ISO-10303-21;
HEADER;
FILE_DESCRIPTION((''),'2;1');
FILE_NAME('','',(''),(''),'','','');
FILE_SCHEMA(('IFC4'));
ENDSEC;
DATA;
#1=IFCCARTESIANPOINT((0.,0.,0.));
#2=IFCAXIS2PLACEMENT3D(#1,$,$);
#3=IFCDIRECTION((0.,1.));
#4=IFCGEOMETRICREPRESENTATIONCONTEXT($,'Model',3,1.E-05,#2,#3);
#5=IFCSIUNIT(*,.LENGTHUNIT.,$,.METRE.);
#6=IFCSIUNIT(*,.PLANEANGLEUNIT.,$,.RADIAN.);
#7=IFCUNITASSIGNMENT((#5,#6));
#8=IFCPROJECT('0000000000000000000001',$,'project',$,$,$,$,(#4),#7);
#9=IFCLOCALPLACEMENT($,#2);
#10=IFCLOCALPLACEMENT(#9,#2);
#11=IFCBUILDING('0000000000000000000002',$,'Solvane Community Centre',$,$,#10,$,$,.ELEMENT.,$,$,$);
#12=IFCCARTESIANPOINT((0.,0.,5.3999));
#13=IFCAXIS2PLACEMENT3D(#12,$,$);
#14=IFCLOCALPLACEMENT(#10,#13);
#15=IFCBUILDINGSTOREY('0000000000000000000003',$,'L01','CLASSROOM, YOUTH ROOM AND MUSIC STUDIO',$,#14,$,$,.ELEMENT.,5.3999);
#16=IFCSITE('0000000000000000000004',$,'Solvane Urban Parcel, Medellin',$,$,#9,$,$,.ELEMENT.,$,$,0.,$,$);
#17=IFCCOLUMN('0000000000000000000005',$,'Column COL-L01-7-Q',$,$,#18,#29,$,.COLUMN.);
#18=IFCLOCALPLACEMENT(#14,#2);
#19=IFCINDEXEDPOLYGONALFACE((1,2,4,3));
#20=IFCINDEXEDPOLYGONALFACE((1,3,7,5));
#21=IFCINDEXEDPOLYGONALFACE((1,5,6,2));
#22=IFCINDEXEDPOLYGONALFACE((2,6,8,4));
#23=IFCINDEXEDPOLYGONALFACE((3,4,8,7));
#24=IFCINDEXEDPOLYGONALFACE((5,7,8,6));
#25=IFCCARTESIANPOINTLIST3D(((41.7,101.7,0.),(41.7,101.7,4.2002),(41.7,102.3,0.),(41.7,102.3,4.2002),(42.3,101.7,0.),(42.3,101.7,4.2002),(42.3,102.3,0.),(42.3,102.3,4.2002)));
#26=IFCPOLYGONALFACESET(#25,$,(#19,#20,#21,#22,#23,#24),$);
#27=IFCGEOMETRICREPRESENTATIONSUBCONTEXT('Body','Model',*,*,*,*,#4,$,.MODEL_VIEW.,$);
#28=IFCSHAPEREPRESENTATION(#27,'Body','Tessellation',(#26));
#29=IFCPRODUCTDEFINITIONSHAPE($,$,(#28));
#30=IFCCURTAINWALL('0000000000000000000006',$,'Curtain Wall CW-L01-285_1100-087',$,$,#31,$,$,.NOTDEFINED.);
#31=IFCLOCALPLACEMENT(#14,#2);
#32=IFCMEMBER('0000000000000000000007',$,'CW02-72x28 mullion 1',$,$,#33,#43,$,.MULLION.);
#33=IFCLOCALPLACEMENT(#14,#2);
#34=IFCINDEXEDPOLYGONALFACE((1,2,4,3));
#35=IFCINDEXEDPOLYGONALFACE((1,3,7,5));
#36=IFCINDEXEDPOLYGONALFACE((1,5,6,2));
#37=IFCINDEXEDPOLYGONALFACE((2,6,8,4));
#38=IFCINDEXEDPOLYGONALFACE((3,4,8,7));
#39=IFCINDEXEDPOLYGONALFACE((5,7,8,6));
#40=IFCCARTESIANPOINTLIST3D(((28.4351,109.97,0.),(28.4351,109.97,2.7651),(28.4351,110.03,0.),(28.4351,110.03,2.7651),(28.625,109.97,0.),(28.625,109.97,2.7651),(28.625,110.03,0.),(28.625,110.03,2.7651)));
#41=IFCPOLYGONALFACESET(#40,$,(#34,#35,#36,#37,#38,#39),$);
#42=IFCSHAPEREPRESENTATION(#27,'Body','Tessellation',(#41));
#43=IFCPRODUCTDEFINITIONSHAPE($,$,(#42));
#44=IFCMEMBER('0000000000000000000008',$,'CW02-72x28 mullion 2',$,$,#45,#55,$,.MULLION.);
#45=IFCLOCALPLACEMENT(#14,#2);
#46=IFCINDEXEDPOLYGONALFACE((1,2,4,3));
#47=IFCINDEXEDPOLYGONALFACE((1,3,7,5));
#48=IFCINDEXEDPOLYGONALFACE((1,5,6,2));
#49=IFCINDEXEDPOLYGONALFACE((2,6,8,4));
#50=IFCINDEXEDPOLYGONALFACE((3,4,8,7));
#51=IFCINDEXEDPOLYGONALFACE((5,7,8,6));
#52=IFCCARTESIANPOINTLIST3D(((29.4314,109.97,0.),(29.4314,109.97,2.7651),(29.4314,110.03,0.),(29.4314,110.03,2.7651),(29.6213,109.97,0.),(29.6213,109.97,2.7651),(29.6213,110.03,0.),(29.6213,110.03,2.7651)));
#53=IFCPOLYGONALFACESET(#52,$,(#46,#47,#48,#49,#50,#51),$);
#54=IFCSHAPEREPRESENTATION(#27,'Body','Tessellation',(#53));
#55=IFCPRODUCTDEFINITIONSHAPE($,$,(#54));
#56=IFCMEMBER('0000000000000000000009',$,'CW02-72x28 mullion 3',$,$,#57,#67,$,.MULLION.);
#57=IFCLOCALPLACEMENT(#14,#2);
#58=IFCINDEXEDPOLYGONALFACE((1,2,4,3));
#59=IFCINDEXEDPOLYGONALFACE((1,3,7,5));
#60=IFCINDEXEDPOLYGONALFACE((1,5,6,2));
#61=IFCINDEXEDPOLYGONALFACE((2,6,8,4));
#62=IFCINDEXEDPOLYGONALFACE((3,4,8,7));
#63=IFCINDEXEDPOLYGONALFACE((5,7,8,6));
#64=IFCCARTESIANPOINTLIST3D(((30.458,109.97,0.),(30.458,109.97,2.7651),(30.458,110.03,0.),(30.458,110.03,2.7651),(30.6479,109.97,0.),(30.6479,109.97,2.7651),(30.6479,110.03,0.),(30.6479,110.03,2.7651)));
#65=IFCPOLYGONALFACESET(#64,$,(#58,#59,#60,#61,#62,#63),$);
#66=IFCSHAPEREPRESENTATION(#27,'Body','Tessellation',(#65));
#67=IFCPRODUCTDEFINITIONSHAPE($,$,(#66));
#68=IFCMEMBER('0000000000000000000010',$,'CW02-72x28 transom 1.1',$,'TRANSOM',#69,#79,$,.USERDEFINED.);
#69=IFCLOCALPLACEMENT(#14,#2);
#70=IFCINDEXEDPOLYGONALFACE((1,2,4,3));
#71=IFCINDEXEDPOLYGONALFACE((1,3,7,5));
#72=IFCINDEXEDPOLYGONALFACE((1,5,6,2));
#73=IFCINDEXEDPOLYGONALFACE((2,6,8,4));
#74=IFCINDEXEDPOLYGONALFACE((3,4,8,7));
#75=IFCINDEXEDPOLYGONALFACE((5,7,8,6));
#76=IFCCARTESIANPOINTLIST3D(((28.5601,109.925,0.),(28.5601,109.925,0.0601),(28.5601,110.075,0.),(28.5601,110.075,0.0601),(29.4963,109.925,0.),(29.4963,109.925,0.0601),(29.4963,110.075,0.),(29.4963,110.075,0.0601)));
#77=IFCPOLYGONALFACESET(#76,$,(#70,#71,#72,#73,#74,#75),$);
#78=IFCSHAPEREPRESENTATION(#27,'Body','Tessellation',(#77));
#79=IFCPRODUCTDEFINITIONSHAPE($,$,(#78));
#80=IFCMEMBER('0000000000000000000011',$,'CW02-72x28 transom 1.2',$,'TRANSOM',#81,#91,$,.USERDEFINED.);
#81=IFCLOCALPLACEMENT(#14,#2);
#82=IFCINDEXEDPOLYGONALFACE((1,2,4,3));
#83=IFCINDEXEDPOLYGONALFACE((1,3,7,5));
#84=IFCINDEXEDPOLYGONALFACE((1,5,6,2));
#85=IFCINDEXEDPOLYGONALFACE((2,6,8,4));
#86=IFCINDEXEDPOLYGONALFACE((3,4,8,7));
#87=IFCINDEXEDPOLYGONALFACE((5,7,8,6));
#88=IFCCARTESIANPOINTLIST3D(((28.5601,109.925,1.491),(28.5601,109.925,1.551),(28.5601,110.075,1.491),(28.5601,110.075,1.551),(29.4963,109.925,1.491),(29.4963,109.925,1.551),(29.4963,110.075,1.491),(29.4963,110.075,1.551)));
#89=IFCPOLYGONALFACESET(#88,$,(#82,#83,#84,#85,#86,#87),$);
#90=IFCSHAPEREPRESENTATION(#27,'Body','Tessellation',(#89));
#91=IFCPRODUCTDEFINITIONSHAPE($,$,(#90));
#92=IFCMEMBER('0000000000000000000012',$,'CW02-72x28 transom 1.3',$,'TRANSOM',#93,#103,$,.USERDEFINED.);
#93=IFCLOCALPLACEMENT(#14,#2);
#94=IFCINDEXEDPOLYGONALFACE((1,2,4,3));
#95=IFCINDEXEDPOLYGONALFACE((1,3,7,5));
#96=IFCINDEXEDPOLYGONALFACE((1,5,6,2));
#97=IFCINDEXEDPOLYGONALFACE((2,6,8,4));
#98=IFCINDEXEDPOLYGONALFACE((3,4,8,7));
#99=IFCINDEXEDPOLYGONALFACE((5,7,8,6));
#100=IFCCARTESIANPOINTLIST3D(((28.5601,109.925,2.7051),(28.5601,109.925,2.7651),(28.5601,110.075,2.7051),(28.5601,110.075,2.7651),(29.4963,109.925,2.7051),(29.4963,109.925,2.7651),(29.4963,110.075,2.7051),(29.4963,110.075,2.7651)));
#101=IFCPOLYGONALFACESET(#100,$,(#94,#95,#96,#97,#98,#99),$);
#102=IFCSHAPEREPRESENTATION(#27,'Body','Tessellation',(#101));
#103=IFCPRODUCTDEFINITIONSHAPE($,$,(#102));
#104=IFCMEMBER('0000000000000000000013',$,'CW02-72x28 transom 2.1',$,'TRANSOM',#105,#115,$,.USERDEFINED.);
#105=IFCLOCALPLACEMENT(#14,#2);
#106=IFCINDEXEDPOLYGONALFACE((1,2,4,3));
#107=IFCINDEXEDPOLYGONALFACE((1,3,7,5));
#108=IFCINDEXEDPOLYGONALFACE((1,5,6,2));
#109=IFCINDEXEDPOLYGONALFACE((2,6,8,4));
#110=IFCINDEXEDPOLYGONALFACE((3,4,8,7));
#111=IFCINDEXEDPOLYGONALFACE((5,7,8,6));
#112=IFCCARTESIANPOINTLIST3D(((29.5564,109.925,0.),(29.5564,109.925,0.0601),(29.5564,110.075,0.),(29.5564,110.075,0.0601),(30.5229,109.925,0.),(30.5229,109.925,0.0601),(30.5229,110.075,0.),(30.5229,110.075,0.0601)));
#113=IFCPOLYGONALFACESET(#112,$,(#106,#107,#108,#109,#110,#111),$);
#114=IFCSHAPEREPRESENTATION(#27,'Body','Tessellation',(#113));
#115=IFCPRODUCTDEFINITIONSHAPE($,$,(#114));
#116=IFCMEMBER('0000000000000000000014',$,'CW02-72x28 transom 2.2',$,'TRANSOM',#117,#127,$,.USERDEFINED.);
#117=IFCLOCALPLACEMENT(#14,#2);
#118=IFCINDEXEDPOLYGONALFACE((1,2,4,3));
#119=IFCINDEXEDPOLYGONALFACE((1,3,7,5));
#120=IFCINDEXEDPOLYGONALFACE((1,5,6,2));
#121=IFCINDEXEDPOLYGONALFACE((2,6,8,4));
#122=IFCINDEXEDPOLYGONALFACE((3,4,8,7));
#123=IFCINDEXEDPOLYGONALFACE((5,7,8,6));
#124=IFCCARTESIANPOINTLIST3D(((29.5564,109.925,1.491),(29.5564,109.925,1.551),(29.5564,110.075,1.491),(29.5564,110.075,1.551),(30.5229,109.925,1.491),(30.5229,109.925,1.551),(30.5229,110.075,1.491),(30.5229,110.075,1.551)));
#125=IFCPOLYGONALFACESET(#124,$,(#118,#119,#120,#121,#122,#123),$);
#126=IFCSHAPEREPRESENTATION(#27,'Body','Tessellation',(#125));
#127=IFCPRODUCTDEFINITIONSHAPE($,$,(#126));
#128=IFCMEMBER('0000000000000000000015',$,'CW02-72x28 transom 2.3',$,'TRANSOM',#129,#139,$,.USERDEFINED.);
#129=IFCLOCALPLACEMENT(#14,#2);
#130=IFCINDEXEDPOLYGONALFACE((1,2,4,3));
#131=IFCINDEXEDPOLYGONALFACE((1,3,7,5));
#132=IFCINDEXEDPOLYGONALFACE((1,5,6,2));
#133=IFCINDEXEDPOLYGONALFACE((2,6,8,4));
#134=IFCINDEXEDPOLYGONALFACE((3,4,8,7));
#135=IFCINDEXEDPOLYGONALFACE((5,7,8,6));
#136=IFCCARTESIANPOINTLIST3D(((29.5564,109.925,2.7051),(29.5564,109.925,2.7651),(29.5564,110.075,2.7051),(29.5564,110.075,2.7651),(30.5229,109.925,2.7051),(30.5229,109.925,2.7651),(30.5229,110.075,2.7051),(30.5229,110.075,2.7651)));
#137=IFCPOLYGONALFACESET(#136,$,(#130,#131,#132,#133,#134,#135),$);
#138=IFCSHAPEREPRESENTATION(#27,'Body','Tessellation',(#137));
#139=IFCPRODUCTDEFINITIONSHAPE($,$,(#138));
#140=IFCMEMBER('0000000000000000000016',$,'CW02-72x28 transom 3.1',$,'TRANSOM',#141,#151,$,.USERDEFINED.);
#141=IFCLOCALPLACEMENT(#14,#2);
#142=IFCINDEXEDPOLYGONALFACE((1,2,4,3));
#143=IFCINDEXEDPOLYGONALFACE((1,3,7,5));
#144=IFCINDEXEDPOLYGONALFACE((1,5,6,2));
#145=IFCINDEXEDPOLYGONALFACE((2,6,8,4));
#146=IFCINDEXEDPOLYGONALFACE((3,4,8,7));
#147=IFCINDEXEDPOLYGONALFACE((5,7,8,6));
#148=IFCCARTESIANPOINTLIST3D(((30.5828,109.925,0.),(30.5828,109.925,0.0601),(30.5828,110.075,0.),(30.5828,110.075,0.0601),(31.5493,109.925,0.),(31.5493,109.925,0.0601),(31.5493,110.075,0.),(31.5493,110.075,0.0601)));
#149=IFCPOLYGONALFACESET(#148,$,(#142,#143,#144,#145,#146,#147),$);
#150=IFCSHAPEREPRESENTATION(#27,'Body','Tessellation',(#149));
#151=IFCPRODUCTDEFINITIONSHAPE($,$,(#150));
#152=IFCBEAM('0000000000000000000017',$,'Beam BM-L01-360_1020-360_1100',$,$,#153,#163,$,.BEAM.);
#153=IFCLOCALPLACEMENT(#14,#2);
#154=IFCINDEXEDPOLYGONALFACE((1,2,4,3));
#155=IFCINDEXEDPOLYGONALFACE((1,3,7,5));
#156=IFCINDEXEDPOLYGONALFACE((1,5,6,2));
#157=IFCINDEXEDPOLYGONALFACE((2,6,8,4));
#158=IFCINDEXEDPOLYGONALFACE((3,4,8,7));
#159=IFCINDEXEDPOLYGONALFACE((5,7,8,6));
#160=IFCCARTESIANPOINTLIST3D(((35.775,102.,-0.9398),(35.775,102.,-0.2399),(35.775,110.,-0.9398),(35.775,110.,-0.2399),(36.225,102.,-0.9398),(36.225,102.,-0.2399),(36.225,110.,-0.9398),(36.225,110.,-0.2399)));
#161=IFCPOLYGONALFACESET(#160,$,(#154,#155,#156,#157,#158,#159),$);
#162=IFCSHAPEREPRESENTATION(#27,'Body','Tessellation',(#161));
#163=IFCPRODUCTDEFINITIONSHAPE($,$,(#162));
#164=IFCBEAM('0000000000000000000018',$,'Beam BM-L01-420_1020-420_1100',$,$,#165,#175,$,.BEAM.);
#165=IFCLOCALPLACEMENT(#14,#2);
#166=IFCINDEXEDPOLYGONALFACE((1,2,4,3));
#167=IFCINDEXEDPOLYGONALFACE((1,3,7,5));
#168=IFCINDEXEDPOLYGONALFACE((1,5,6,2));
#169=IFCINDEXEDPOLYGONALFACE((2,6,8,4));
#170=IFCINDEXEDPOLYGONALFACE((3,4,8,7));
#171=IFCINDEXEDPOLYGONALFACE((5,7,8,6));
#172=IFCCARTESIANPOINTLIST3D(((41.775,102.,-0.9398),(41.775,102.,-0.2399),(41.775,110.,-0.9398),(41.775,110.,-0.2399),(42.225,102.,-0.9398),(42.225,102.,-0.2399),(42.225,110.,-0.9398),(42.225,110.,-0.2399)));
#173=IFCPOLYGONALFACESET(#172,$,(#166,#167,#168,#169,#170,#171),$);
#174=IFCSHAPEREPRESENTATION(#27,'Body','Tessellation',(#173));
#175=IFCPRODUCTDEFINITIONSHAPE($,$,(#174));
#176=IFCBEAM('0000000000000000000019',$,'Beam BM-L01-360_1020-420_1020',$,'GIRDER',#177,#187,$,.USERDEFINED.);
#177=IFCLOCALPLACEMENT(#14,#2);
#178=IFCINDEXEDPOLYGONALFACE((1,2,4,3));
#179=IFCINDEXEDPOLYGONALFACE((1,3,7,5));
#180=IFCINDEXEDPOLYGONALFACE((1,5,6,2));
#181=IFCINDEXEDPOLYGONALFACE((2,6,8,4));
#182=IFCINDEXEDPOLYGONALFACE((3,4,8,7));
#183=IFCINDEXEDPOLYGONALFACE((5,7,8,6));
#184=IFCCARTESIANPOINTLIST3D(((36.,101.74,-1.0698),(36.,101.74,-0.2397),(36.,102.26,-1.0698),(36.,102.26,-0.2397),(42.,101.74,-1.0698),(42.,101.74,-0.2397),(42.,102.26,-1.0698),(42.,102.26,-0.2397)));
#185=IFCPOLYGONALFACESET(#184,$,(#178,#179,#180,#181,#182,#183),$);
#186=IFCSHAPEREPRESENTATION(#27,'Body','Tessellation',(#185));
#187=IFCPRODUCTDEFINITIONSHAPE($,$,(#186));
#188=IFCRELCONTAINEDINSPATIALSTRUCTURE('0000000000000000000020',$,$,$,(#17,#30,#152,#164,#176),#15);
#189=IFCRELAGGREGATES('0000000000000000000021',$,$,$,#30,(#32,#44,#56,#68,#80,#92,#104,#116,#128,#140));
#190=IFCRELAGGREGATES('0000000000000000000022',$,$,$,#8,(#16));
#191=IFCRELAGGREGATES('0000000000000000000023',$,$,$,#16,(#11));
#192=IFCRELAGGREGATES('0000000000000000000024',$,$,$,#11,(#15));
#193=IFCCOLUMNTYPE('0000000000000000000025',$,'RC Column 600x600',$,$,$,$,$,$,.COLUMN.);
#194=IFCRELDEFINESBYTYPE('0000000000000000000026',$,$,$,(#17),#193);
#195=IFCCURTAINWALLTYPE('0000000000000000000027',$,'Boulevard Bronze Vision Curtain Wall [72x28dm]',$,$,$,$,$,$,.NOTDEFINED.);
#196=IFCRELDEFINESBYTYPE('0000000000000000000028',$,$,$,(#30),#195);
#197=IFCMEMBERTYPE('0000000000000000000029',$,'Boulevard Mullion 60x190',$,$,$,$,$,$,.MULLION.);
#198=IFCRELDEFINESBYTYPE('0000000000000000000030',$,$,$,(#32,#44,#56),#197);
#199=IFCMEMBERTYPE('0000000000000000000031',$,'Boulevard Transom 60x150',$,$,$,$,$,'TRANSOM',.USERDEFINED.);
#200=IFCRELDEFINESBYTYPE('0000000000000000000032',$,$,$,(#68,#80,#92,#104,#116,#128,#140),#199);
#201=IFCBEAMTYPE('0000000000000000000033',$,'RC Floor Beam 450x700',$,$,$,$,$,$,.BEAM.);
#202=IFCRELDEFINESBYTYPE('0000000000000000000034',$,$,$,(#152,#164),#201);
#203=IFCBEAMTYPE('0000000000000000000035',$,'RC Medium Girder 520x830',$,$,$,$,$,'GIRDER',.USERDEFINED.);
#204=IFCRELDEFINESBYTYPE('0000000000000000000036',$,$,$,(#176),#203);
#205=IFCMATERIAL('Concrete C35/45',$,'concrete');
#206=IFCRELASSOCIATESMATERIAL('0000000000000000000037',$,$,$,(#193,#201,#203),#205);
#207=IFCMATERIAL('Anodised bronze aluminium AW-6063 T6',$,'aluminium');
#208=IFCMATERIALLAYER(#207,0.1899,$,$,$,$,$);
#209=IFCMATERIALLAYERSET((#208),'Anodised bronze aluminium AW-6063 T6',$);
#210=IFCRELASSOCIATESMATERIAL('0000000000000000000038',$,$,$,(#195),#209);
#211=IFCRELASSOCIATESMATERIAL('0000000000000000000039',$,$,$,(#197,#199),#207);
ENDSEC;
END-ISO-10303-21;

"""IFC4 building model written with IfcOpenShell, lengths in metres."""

from ifc_helpers import new_model, si_unit, direction, frame, origin, origin_2d, place, context, subcontext, project, spatial, rectangle, extrude, material, layer, layer_set, material_profile, profile_set, type_object, element, aggregate, save


model = new_model("IFC4")

# Units and contexts
model_context = context("Model", 3, precision=1e-05, world=origin(), true_north=direction((0.0, 1.0)))
body_context = subcontext(model_context, "Body", "Model", "MODEL_VIEW")
ifc_project = project(units=[si_unit("LENGTHUNIT", "METRE"), si_unit("PLANEANGLEUNIT", "RADIAN")], contexts=[model_context])

# Site, building, storey
site_placement = place(None, origin())
site = spatial("IfcSite", under=ifc_project, at=site_placement, Name="Solvane Urban Parcel, Medellin", CompositionType="ELEMENT", RefElevation=0.0)
building_placement = place(site_placement, origin())
building = spatial("IfcBuilding", under=site, at=building_placement, Name="Solvane Community Centre", CompositionType="ELEMENT")
storey_placement = place(building_placement, frame((0.0, 0.0, 5.3999)))
storey = spatial("IfcBuildingStorey", under=building, at=storey_placement, Name="L01", Description="CLASSROOM, YOUTH ROOM AND MUSIC STUDIO", CompositionType="ELEMENT", Elevation=5.3999)

# Column
ifc_material_1 = material(Name="Concrete C35/45", Category="concrete")
ifc_material_profile_1 = material_profile(ifc_material_1, rectangle(XDim=0.6001, YDim=0.6001, at=origin_2d()), Name="RC 600x600")
ifc_profile_set_1 = profile_set([ifc_material_profile_1], Name="Concrete C35/45")
column_type = type_object("IfcColumnType", Name="RC Column 600x600", PredefinedType="COLUMN", material=ifc_profile_set_1)
column_placement = place(storey_placement, frame((42.0, 102.0, 0.0), z_axis=(0.0, 0.0, 1.0), x_axis=(1.0, 0.0, 0.0)))
element("IfcColumn", 1, at=column_placement, inside=storey, type_object=column_type, Name="Column COL-L01-7-Q", PredefinedType="COLUMN", context=body_context, shape_type="SweptSolid", body=[
    extrude(rectangle(XDim=0.6001, YDim=0.6001, at=origin_2d()), origin(), (0.0, 0.0, 1.0), 4.2002),
])

# Curtain wall, members
ifc_material_2 = material(Name="Anodised bronze aluminium AW-6063 T6", Category="aluminium")
ifc_layer_1 = layer(ifc_material_2, 0.1899)
ifc_layer_set_1 = layer_set([ifc_layer_1], Name="Anodised bronze aluminium AW-6063 T6")
curtain_wall_type = type_object("IfcCurtainWallType", Name="Boulevard Bronze Vision Curtain Wall [72x28dm]", PredefinedType="NOTDEFINED", material=ifc_layer_set_1)
curtain_wall_placement = place(storey_placement, origin())
curtain_wall = element("IfcCurtainWall", 2, at=curtain_wall_placement, inside=storey, type_object=curtain_wall_type, Name="Curtain Wall CW-L01-285_1100-087", PredefinedType="NOTDEFINED")
ifc_material_profile_2 = material_profile(ifc_material_2, rectangle(XDim=0.0601, YDim=0.1899, at=origin_2d()), Name="CW-M 60x190")
ifc_profile_set_2 = profile_set([ifc_material_profile_2], Name="Anodised bronze aluminium AW-6063 T6")
member_type_1 = type_object("IfcMemberType", Name="Boulevard Mullion 60x190", PredefinedType="MULLION", material=ifc_profile_set_2)
member_1_placement = place(storey_placement, frame((28.53, 110.0, 0.0), z_axis=(0.0, 0.0, 1.0), x_axis=(0.0, 1.0, 0.0)))
member_1 = element("IfcMember", 3, at=member_1_placement, type_object=member_type_1, Name="CW02-72x28 mullion 1", PredefinedType="MULLION", context=body_context, shape_type="SweptSolid", body=[
    extrude(rectangle(XDim=0.0601, YDim=0.1899, at=origin_2d()), origin(), (0.0, 0.0, 1.0), 2.7651),
])
member_2_placement = place(storey_placement, frame((29.5264, 110.0, 0.0), z_axis=(0.0, 0.0, 1.0), x_axis=(0.0, 1.0, 0.0)))
member_2 = element("IfcMember", 4, at=member_2_placement, type_object=member_type_1, Name="CW02-72x28 mullion 2", PredefinedType="MULLION", context=body_context, shape_type="SweptSolid", body=[
    extrude(rectangle(XDim=0.0601, YDim=0.1899, at=origin_2d()), origin(), (0.0, 0.0, 1.0), 2.7651),
])
member_3_placement = place(storey_placement, frame((30.553, 110.0, 0.0), z_axis=(0.0, 0.0, 1.0), x_axis=(0.0, 1.0, 0.0)))
member_3 = element("IfcMember", 5, at=member_3_placement, type_object=member_type_1, Name="CW02-72x28 mullion 3", PredefinedType="MULLION", context=body_context, shape_type="SweptSolid", body=[
    extrude(rectangle(XDim=0.0601, YDim=0.1899, at=origin_2d()), origin(), (0.0, 0.0, 1.0), 2.7651),
])
ifc_material_profile_3 = material_profile(ifc_material_2, rectangle(XDim=0.1499, YDim=0.0601, at=origin_2d()), Name="CW-T 60x150")
ifc_profile_set_3 = profile_set([ifc_material_profile_3], Name="Anodised bronze aluminium AW-6063 T6")
member_type_2 = type_object("IfcMemberType", Name="Boulevard Transom 60x150", ElementType="TRANSOM", PredefinedType="USERDEFINED", material=ifc_profile_set_3)
member_4_placement = place(storey_placement, frame((28.5601, 110.0, 0.03), z_axis=(1.0, 0.0, 0.0), x_axis=(0.0, 1.0, 0.0)))
member_4 = element("IfcMember", 6, at=member_4_placement, type_object=member_type_2, Name="CW02-72x28 transom 1.1", ObjectType="TRANSOM", PredefinedType="USERDEFINED", context=body_context, shape_type="SweptSolid", body=[
    extrude(rectangle(XDim=0.1499, YDim=0.0601, at=origin_2d()), origin(), (0.0, 0.0, 1.0), 0.9363),
])
member_5_placement = place(storey_placement, frame((28.5601, 110.0, 1.521), z_axis=(1.0, 0.0, 0.0), x_axis=(0.0, 1.0, 0.0)))
member_5 = element("IfcMember", 7, at=member_5_placement, type_object=member_type_2, Name="CW02-72x28 transom 1.2", ObjectType="TRANSOM", PredefinedType="USERDEFINED", context=body_context, shape_type="SweptSolid", body=[
    extrude(rectangle(XDim=0.1499, YDim=0.0601, at=origin_2d()), origin(), (0.0, 0.0, 1.0), 0.9363),
])
member_6_placement = place(storey_placement, frame((28.5601, 110.0, 2.7351), z_axis=(1.0, 0.0, 0.0), x_axis=(0.0, 1.0, 0.0)))
member_6 = element("IfcMember", 8, at=member_6_placement, type_object=member_type_2, Name="CW02-72x28 transom 1.3", ObjectType="TRANSOM", PredefinedType="USERDEFINED", context=body_context, shape_type="SweptSolid", body=[
    extrude(rectangle(XDim=0.1499, YDim=0.0601, at=origin_2d()), origin(), (0.0, 0.0, 1.0), 0.9363),
])
member_7_placement = place(storey_placement, frame((29.5564, 110.0, 0.03), z_axis=(1.0, 0.0, 0.0), x_axis=(0.0, 1.0, 0.0)))
member_7 = element("IfcMember", 9, at=member_7_placement, type_object=member_type_2, Name="CW02-72x28 transom 2.1", ObjectType="TRANSOM", PredefinedType="USERDEFINED", context=body_context, shape_type="SweptSolid", body=[
    extrude(rectangle(XDim=0.1499, YDim=0.0601, at=origin_2d()), origin(), (0.0, 0.0, 1.0), 0.9666),
])
member_8_placement = place(storey_placement, frame((29.5564, 110.0, 1.521), z_axis=(1.0, 0.0, 0.0), x_axis=(0.0, 1.0, 0.0)))
member_8 = element("IfcMember", 10, at=member_8_placement, type_object=member_type_2, Name="CW02-72x28 transom 2.2", ObjectType="TRANSOM", PredefinedType="USERDEFINED", context=body_context, shape_type="SweptSolid", body=[
    extrude(rectangle(XDim=0.1499, YDim=0.0601, at=origin_2d()), origin(), (0.0, 0.0, 1.0), 0.9666),
])
member_9_placement = place(storey_placement, frame((29.5564, 110.0, 2.7351), z_axis=(1.0, 0.0, 0.0), x_axis=(0.0, 1.0, 0.0)))
member_9 = element("IfcMember", 11, at=member_9_placement, type_object=member_type_2, Name="CW02-72x28 transom 2.3", ObjectType="TRANSOM", PredefinedType="USERDEFINED", context=body_context, shape_type="SweptSolid", body=[
    extrude(rectangle(XDim=0.1499, YDim=0.0601, at=origin_2d()), origin(), (0.0, 0.0, 1.0), 0.9666),
])
member_10_placement = place(storey_placement, frame((30.5828, 110.0, 0.03), z_axis=(1.0, 0.0, 0.0), x_axis=(0.0, 1.0, 0.0)))
member_10 = element("IfcMember", 12, at=member_10_placement, type_object=member_type_2, Name="CW02-72x28 transom 3.1", ObjectType="TRANSOM", PredefinedType="USERDEFINED", context=body_context, shape_type="SweptSolid", body=[
    extrude(rectangle(XDim=0.1499, YDim=0.0601, at=origin_2d()), origin(), (0.0, 0.0, 1.0), 0.9666),
])

# Beams
ifc_material_profile_4 = material_profile(ifc_material_1, rectangle(XDim=0.45, YDim=0.7, at=origin_2d()), Name="RC 450x700")
ifc_profile_set_4 = profile_set([ifc_material_profile_4], Name="Concrete C35/45")
beam_type_1 = type_object("IfcBeamType", Name="RC Floor Beam 450x700", PredefinedType="BEAM", material=ifc_profile_set_4)
for number, where, z_axis, x_axis, name in (
    (13, (36.0, 102.0, -0.5898), (0.0, 1.0, 0.0), (-1.0, 0.0, 0.0), "Beam BM-L01-360_1020-360_1100"),
    (14, (42.0, 102.0, -0.5898), (0.0, 1.0, 0.0), (-1.0, 0.0, 0.0), "Beam BM-L01-420_1020-420_1100"),
):
    element("IfcBeam", number, at=place(storey_placement, frame(where, z_axis=z_axis, x_axis=x_axis)), inside=storey, type_object=beam_type_1, Name=name, PredefinedType="BEAM", context=body_context, shape_type="SweptSolid", body=[
        extrude(rectangle(XDim=0.45, YDim=0.7, at=origin_2d()), origin(), (0.0, 0.0, 1.0), 8.0),
    ])
ifc_material_profile_5 = material_profile(ifc_material_1, rectangle(XDim=0.52, YDim=0.8301, at=origin_2d()), Name="RC 520x830")
ifc_profile_set_5 = profile_set([ifc_material_profile_5], Name="Concrete C35/45")
beam_type_2 = type_object("IfcBeamType", Name="RC Medium Girder 520x830", ElementType="GIRDER", PredefinedType="USERDEFINED", material=ifc_profile_set_5)
for number, where, z_axis, x_axis, name in (
    (15, (36.0, 102.0, -0.6548), (1.0, 0.0, 0.0), (0.0, 1.0, 0.0), "Beam BM-L01-360_1020-420_1020"),
):
    element("IfcBeam", number, at=place(storey_placement, frame(where, z_axis=z_axis, x_axis=x_axis)), inside=storey, type_object=beam_type_2, Name=name, ObjectType="GIRDER", PredefinedType="USERDEFINED", context=body_context, shape_type="SweptSolid", body=[
        extrude(rectangle(XDim=0.52, YDim=0.8301, at=origin_2d()), origin(), (0.0, 0.0, 1.0), 6.0),
    ])

aggregate(curtain_wall, [member_1, member_2, member_3, member_4, member_5, member_6, member_7, member_8, member_9, member_10])

save(model, "model.ifc")
